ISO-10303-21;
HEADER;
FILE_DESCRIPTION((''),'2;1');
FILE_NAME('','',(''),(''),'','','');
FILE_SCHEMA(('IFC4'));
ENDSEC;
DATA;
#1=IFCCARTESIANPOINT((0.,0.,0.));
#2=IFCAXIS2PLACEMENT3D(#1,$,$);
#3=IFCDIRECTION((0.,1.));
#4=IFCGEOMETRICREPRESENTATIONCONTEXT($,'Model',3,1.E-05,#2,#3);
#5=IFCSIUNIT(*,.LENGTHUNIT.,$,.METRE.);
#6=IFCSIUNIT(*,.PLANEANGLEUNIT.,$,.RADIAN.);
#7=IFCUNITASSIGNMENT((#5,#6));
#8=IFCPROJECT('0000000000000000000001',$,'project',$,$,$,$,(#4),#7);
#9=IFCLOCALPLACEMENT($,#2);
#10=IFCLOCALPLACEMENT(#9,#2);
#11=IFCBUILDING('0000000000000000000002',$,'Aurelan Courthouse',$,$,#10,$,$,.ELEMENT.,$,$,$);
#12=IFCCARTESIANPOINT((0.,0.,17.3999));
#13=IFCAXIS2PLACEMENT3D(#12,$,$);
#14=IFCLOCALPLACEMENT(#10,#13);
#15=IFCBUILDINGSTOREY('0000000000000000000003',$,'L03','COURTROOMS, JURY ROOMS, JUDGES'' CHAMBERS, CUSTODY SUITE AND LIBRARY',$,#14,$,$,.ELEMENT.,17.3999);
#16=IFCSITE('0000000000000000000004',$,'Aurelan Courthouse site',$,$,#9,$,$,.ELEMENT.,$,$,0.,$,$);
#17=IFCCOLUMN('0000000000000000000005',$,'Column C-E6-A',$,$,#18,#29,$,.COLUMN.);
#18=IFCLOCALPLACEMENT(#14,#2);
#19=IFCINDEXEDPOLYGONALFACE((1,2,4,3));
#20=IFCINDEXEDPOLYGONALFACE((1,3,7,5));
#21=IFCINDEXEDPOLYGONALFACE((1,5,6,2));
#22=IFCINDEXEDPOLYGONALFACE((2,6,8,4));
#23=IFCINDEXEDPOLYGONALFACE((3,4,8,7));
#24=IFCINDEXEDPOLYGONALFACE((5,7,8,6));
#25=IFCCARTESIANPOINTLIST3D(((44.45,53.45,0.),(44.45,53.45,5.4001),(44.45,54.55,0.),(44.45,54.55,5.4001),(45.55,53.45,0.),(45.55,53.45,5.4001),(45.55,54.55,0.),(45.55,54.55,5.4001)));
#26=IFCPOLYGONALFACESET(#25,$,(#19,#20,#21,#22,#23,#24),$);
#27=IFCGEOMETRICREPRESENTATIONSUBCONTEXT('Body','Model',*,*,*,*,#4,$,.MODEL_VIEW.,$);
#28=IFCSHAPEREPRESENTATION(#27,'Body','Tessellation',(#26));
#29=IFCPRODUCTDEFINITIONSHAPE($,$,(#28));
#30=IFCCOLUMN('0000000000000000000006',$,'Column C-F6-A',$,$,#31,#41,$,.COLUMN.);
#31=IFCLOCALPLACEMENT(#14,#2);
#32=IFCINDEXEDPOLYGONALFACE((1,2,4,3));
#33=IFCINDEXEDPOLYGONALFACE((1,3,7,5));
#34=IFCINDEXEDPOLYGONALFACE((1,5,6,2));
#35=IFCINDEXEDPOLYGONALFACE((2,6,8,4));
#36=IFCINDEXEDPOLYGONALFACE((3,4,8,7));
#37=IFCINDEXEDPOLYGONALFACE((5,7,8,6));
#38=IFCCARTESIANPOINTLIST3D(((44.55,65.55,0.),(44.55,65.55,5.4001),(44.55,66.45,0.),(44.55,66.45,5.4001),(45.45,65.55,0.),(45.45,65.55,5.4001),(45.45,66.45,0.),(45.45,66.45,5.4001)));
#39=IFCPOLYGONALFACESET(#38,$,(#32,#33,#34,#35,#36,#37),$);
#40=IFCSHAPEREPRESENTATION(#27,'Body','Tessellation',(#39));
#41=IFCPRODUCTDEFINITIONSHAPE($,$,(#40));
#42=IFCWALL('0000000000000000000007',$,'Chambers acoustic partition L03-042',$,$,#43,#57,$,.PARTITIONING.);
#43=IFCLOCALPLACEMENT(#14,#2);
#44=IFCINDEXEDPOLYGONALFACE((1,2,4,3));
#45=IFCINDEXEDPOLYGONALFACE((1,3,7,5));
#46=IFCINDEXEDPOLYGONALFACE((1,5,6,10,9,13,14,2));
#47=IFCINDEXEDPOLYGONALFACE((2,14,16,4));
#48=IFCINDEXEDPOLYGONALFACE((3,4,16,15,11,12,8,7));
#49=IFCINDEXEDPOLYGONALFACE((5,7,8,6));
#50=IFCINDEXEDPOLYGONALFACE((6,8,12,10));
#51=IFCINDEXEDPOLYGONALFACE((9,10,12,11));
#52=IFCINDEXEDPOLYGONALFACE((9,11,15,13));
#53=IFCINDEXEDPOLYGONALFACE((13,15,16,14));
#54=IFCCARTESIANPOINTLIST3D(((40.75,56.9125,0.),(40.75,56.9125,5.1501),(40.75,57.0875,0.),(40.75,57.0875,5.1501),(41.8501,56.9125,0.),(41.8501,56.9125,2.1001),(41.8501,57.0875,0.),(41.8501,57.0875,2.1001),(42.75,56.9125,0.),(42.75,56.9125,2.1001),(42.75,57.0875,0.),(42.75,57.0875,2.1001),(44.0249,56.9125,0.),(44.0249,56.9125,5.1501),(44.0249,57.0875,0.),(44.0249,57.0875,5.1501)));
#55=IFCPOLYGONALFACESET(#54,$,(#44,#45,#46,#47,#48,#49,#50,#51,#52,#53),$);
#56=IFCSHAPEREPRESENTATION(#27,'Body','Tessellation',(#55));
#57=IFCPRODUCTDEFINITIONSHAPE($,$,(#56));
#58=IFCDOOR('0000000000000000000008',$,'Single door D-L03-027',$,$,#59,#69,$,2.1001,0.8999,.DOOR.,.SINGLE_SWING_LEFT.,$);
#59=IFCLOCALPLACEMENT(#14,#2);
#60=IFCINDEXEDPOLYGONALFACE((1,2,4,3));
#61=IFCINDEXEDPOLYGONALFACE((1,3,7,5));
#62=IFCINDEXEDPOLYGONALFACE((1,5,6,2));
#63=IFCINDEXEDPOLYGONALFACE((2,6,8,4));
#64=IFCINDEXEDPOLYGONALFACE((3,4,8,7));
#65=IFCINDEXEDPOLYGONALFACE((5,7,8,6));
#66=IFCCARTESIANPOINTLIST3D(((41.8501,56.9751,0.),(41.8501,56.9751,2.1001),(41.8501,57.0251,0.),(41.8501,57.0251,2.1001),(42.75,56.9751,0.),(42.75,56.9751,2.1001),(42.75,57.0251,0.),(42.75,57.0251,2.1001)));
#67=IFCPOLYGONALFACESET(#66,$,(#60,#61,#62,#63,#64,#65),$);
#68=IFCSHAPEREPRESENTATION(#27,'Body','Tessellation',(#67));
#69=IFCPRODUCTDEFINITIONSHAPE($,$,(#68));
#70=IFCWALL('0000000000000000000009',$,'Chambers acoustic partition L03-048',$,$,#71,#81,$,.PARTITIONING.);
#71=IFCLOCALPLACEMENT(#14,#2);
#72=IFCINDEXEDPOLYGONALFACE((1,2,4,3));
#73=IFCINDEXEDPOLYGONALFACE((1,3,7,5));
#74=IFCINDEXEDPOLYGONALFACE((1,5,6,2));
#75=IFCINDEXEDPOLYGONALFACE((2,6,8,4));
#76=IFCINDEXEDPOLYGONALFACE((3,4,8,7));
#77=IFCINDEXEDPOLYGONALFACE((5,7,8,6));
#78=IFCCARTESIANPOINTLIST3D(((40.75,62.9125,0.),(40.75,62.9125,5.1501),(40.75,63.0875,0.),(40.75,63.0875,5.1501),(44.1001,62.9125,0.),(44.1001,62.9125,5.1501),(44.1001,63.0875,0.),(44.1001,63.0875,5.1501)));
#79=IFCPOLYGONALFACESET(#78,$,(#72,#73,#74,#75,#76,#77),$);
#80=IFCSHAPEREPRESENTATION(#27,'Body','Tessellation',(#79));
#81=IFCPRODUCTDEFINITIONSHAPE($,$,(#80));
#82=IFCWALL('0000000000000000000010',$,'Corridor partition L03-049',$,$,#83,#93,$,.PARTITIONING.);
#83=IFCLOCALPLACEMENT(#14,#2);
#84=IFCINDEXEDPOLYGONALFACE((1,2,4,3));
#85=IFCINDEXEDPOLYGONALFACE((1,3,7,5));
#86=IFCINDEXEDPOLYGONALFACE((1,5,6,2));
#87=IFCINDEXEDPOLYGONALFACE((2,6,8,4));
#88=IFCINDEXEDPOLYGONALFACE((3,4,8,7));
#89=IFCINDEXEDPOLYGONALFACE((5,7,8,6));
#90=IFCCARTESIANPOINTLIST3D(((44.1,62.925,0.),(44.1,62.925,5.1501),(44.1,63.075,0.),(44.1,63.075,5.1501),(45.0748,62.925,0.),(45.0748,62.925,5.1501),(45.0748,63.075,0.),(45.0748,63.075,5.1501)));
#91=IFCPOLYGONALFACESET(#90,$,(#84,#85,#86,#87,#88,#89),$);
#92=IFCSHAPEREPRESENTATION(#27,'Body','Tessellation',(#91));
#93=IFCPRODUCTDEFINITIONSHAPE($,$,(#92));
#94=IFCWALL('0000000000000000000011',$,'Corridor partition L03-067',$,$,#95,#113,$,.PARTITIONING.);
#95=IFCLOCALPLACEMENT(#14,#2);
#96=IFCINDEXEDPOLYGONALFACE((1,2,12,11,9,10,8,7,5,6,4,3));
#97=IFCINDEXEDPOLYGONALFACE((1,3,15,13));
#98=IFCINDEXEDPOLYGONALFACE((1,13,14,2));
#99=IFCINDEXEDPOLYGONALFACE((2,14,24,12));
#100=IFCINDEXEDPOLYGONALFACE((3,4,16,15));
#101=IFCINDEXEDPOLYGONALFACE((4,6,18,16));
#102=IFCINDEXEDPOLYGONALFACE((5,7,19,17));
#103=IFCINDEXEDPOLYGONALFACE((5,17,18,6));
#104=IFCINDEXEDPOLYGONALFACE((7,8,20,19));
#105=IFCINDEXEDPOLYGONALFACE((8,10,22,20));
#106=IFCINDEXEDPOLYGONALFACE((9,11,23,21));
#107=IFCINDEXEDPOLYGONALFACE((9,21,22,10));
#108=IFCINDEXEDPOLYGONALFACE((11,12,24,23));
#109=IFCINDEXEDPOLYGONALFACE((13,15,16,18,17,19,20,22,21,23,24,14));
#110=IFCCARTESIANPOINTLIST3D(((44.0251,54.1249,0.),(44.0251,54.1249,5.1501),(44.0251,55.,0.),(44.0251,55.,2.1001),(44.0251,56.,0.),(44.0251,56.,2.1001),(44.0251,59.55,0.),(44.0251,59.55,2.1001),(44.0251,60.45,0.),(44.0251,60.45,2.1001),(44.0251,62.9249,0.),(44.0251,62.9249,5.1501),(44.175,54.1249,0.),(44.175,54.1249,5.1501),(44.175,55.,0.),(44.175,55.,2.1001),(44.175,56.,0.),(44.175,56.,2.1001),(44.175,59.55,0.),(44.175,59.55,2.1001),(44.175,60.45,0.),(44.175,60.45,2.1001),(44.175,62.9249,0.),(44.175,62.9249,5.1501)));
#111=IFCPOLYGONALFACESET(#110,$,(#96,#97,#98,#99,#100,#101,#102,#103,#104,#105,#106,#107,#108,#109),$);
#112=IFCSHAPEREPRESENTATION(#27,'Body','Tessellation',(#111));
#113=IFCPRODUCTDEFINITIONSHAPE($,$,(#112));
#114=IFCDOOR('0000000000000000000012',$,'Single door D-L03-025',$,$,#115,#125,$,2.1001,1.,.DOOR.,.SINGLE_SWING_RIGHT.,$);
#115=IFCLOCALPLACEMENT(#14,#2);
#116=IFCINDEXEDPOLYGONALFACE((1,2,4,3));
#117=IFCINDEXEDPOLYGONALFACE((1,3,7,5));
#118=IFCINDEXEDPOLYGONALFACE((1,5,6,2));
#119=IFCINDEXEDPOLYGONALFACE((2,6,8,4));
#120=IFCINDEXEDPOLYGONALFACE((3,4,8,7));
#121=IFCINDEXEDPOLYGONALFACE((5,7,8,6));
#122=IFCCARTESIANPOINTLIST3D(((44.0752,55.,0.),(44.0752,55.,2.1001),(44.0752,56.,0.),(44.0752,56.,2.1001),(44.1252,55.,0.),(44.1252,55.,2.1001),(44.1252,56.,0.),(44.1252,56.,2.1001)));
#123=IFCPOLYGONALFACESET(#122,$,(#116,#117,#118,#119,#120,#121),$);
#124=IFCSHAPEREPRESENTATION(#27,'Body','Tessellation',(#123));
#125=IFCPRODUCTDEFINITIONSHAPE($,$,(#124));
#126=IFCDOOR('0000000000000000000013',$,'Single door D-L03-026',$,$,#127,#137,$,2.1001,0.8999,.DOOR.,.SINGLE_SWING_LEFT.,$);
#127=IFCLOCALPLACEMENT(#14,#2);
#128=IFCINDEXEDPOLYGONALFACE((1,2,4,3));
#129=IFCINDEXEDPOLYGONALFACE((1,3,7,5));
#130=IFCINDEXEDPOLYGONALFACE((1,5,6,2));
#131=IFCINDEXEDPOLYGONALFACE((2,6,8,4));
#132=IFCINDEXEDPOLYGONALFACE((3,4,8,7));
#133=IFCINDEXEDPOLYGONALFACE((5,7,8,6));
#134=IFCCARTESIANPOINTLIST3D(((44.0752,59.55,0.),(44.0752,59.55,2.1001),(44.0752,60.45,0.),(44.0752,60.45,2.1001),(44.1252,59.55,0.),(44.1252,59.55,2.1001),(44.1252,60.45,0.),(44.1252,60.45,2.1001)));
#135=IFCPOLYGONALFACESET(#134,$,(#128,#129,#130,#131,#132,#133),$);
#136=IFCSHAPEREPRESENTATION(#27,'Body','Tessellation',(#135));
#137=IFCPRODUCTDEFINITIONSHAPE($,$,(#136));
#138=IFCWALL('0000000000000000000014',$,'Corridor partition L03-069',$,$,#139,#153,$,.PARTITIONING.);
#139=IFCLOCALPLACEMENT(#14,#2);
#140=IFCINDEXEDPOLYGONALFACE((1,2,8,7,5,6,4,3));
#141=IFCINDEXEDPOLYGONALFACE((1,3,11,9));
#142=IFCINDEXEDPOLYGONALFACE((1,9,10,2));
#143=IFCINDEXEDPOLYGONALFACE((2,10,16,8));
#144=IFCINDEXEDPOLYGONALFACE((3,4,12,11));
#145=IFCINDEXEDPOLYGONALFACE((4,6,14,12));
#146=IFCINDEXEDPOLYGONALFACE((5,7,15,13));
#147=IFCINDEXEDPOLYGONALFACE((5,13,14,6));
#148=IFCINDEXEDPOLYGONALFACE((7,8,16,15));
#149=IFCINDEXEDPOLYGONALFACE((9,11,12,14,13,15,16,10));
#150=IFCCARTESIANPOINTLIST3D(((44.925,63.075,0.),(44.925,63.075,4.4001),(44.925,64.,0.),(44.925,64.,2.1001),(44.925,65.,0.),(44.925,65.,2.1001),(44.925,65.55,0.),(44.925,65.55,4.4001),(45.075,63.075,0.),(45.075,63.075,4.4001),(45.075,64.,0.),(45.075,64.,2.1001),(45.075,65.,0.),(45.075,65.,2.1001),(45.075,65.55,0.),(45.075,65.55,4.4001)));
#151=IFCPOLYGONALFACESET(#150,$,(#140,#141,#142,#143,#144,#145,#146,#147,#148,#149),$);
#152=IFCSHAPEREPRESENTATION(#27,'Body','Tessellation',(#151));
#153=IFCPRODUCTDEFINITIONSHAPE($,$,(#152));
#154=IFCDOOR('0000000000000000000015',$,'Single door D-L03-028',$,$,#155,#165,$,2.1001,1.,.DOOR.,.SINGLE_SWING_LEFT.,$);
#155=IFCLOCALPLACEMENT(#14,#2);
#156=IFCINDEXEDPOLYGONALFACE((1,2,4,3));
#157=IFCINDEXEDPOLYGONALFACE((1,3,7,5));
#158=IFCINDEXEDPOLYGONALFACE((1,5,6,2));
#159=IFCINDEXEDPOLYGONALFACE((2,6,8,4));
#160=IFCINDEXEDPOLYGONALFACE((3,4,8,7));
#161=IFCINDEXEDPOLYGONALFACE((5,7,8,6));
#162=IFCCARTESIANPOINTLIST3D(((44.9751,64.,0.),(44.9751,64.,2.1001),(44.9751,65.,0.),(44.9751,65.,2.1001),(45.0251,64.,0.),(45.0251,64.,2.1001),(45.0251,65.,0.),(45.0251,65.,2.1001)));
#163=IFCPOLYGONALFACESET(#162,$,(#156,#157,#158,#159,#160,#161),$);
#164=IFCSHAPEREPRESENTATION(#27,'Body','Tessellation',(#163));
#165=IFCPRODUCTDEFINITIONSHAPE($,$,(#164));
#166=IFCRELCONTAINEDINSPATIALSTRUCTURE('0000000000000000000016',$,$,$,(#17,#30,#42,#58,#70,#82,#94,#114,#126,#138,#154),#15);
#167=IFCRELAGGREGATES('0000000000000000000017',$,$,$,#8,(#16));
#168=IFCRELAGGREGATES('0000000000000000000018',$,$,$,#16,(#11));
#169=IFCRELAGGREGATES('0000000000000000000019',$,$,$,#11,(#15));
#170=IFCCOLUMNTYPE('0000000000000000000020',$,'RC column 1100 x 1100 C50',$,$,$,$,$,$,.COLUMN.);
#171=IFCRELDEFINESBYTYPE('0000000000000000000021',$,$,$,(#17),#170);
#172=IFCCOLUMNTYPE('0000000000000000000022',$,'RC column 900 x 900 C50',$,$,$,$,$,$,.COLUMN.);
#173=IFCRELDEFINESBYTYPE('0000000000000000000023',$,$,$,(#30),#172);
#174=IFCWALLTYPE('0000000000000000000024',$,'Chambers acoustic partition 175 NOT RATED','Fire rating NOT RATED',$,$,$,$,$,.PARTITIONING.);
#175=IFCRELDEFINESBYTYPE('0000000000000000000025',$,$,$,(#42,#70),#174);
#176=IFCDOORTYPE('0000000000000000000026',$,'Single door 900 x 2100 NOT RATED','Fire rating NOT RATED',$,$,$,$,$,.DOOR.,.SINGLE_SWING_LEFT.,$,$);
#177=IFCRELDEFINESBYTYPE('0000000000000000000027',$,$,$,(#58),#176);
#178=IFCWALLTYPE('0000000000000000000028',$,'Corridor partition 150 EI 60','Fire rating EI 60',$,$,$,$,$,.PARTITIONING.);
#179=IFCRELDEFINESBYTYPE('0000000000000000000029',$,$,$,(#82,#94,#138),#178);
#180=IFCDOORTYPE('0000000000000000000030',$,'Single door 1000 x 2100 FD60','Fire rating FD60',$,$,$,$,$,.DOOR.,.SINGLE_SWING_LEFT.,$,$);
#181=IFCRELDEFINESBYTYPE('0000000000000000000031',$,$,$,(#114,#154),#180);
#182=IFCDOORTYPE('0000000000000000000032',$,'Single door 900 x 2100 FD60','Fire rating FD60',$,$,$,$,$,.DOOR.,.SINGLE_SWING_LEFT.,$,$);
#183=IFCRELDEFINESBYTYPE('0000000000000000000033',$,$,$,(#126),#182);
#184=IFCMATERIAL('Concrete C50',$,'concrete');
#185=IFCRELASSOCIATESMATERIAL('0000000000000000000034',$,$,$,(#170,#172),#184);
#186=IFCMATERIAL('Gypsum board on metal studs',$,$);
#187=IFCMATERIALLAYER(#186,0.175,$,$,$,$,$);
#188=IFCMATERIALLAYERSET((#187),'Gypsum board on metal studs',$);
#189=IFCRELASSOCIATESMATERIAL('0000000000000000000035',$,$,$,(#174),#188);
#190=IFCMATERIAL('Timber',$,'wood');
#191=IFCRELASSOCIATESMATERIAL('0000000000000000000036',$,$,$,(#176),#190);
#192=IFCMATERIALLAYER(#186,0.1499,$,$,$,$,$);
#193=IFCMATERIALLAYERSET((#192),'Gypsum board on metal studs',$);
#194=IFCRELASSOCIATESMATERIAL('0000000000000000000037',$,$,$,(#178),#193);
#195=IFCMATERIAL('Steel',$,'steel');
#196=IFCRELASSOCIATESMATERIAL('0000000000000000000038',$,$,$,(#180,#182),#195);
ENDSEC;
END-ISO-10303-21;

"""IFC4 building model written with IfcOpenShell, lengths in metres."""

from ifc_helpers import new_model, si_unit, direction, frame, frame_2d, origin, origin_2d, place, context, subcontext, project, spatial, rectangle, extrude, material, layer, layer_set, material_profile, profile_set, type_object, element, fill, save


model = new_model("IFC4")

# Units and contexts
model_context = context("Model", 3, precision=1e-05, world=origin(), true_north=direction((0.0, 1.0)))
body_context = subcontext(model_context, "Body", "Model", "MODEL_VIEW")
ifc_project = project(units=[si_unit("LENGTHUNIT", "METRE"), si_unit("PLANEANGLEUNIT", "RADIAN")], contexts=[model_context])

# Site, building, storey
site_placement = place(None, origin())
site = spatial("IfcSite", under=ifc_project, at=site_placement, Name="Aurelan Courthouse site", CompositionType="ELEMENT", RefElevation=0.0)
building_placement = place(site_placement, origin())
building = spatial("IfcBuilding", under=site, at=building_placement, Name="Aurelan Courthouse", CompositionType="ELEMENT")
storey_placement = place(building_placement, frame((0.0, 0.0, 17.3999)))
storey = spatial("IfcBuildingStorey", under=building, at=storey_placement, Name="L03", Description="COURTROOMS, JURY ROOMS, JUDGES' CHAMBERS, CUSTODY SUITE AND LIBRARY", CompositionType="ELEMENT", Elevation=17.3999)

# Columns
ifc_material_1 = material(Name="Concrete C50", Category="concrete")
ifc_material_profile_1 = material_profile(ifc_material_1, rectangle(XDim=1.1001, YDim=1.1001, at=origin_2d()), Name="RC 1100 x 1100")
ifc_profile_set_1 = profile_set([ifc_material_profile_1], Name="Concrete C50")
column_type_1 = type_object("IfcColumnType", Name="RC column 1100 x 1100 C50", PredefinedType="COLUMN", material=ifc_profile_set_1)
column_1_placement = place(storey_placement, frame((45.0, 54.0, 0.0), z_axis=(0.0, 0.0, 1.0), x_axis=(1.0, 0.0, 0.0)))
element("IfcColumn", 1, at=column_1_placement, inside=storey, type_object=column_type_1, Name="Column C-E6-A", PredefinedType="COLUMN", context=body_context, shape_type="SweptSolid", body=[
    extrude(rectangle(XDim=1.1001, YDim=1.1001, at=origin_2d()), origin(), (0.0, 0.0, 1.0), 5.4001),
])
ifc_material_profile_2 = material_profile(ifc_material_1, rectangle(XDim=0.8999, YDim=0.8999, at=origin_2d()), Name="RC 900 x 900")
ifc_profile_set_2 = profile_set([ifc_material_profile_2], Name="Concrete C50")
column_type_2 = type_object("IfcColumnType", Name="RC column 900 x 900 C50", PredefinedType="COLUMN", material=ifc_profile_set_2)
column_2_placement = place(storey_placement, frame((45.0, 66.0, 0.0), z_axis=(0.0, 0.0, 1.0), x_axis=(1.0, 0.0, 0.0)))
element("IfcColumn", 2, at=column_2_placement, inside=storey, type_object=column_type_2, Name="Column C-F6-A", PredefinedType="COLUMN", context=body_context, shape_type="SweptSolid", body=[
    extrude(rectangle(XDim=0.8999, YDim=0.8999, at=origin_2d()), origin(), (0.0, 0.0, 1.0), 5.4001),
])

# Wall, opening, door
ifc_material_2 = material(Name="Gypsum board on metal studs")
ifc_layer_1 = layer(ifc_material_2, 0.175)
ifc_layer_set_1 = layer_set([ifc_layer_1], Name="Gypsum board on metal studs")
wall_type_1 = type_object("IfcWallType", Name="Chambers acoustic partition 175 NOT RATED", Description="Fire rating NOT RATED", PredefinedType="PARTITIONING", material=ifc_layer_set_1)
wall_1_placement = place(storey_placement, frame((40.75, 57.0, 0.0), z_axis=(0.0, 0.0, 1.0), x_axis=(1.0, 0.0, 0.0)))
wall_1 = element("IfcWall", 3, at=wall_1_placement, inside=storey, type_object=wall_type_1, Name="Chambers acoustic partition L03-042", PredefinedType="PARTITIONING", context=body_context, shape_type="SweptSolid", body=[
    extrude(rectangle(XDim=3.2749, YDim=0.175, at=frame_2d((1.6375, 0.0))), origin(), (0.0, 0.0, 1.0), 5.1501),
])
opening_1_placement = place(wall_1_placement, frame((2.0, 0.0, 0.0), z_axis=(0.0, 0.0, 1.0), x_axis=(-1.0, 0.0, 0.0)))
opening_1 = element("IfcOpeningElement", 4, at=opening_1_placement, cuts=wall_1, PredefinedType="OPENING", context=body_context, shape_type="SweptSolid", body=[
    extrude(rectangle(XDim=0.8999, YDim=2.1001, at=frame_2d((0.45, 1.05))), frame((0.0, 0.0974, 0.0), z_axis=(0.0, -1.0, 0.0), x_axis=(1.0, 0.0, 0.0)), (0.0, 0.0, 1.0), 0.1951),
])
ifc_material_3 = material(Name="Timber", Category="wood")
door_type_1 = type_object("IfcDoorType", Name="Single door 900 x 2100 NOT RATED", Description="Fire rating NOT RATED", OperationType="SINGLE_SWING_LEFT", PredefinedType="DOOR", material=ifc_material_3)
door_1_placement = place(opening_1_placement, origin())
door_1 = element("IfcDoor", 5, at=door_1_placement, inside=storey, type_object=door_type_1, Name="Single door D-L03-027", OperationType="SINGLE_SWING_LEFT", OverallHeight=2.1001, OverallWidth=0.8999, PredefinedType="DOOR", context=body_context, shape_type="SweptSolid", body=[
    extrude(rectangle(XDim=0.8999, YDim=2.1001, at=frame_2d((0.45, 1.05))), frame((0.0, 0.0249, 0.0), z_axis=(0.0, -1.0, 0.0), x_axis=(1.0, 0.0, 0.0)), (0.0, 0.0, 1.0), 0.05),
])
fill(opening_1, door_1)

# Walls
wall_2_placement = place(storey_placement, frame((40.75, 63.0, 0.0), z_axis=(0.0, 0.0, 1.0), x_axis=(1.0, 0.0, 0.0)))
element("IfcWall", 6, at=wall_2_placement, inside=storey, type_object=wall_type_1, Name="Chambers acoustic partition L03-048", PredefinedType="PARTITIONING", context=body_context, shape_type="SweptSolid", body=[
    extrude(rectangle(XDim=3.3501, YDim=0.175, at=frame_2d((1.675, 0.0))), origin(), (0.0, 0.0, 1.0), 5.1501),
])
ifc_layer_2 = layer(ifc_material_2, 0.1499)
ifc_layer_set_2 = layer_set([ifc_layer_2], Name="Gypsum board on metal studs")
wall_type_2 = type_object("IfcWallType", Name="Corridor partition 150 EI 60", Description="Fire rating EI 60", PredefinedType="PARTITIONING", material=ifc_layer_set_2)
wall_3_placement = place(storey_placement, frame((44.1001, 63.0, 0.0), z_axis=(0.0, 0.0, 1.0), x_axis=(1.0, 0.0, 0.0)))
element("IfcWall", 7, at=wall_3_placement, inside=storey, type_object=wall_type_2, Name="Corridor partition L03-049", PredefinedType="PARTITIONING", context=body_context, shape_type="SweptSolid", body=[
    extrude(rectangle(XDim=0.9749, YDim=0.1499, at=frame_2d((0.4873, 0.0))), origin(), (0.0, 0.0, 1.0), 5.1501),
])

# Wall, openings, doors
wall_4_placement = place(storey_placement, frame((44.1001, 54.125, 0.0), z_axis=(0.0, 0.0, 1.0), x_axis=(0.0, 1.0, 0.0)))
wall_4 = element("IfcWall", 8, at=wall_4_placement, inside=storey, type_object=wall_type_2, Name="Corridor partition L03-067", PredefinedType="PARTITIONING", context=body_context, shape_type="SweptSolid", body=[
    extrude(rectangle(XDim=8.8, YDim=0.1499, at=frame_2d((4.3999, 0.0))), origin(), (0.0, 0.0, 1.0), 5.1501),
])
opening_2_placement = place(wall_4_placement, frame((0.875, 0.0, 0.0)))
opening_2 = element("IfcOpeningElement", 9, at=opening_2_placement, cuts=wall_4, PredefinedType="OPENING", context=body_context, shape_type="SweptSolid", body=[
    extrude(rectangle(XDim=1.0, YDim=2.1001, at=frame_2d((0.5, 1.05))), frame((0.0, 0.085, 0.0), z_axis=(0.0, -1.0, 0.0), x_axis=(1.0, 0.0, 0.0)), (0.0, 0.0, 1.0), 0.1699),
])
opening_3_placement = place(wall_4_placement, frame((5.425, 0.0, 0.0)))
opening_3 = element("IfcOpeningElement", 10, at=opening_3_placement, cuts=wall_4, PredefinedType="OPENING", context=body_context, shape_type="SweptSolid", body=[
    extrude(rectangle(XDim=0.8999, YDim=2.1001, at=frame_2d((0.45, 1.05))), frame((0.0, 0.085, 0.0), z_axis=(0.0, -1.0, 0.0), x_axis=(1.0, 0.0, 0.0)), (0.0, 0.0, 1.0), 0.1699),
])
ifc_material_4 = material(Name="Steel", Category="steel")
door_type_2 = type_object("IfcDoorType", Name="Single door 1000 x 2100 FD60", Description="Fire rating FD60", OperationType="SINGLE_SWING_LEFT", PredefinedType="DOOR", material=ifc_material_4)
door_2_placement = place(opening_2_placement, origin())
door_2 = element("IfcDoor", 11, at=door_2_placement, inside=storey, type_object=door_type_2, Name="Single door D-L03-025", OperationType="SINGLE_SWING_RIGHT", OverallHeight=2.1001, OverallWidth=1.0, PredefinedType="DOOR", context=body_context, shape_type="SweptSolid", body=[
    extrude(rectangle(XDim=1.0, YDim=2.1001, at=frame_2d((0.5, 1.05))), frame((0.0, 0.0249, 0.0), z_axis=(0.0, -1.0, 0.0), x_axis=(1.0, 0.0, 0.0)), (0.0, 0.0, 1.0), 0.05),
])
fill(opening_2, door_2)
door_type_3 = type_object("IfcDoorType", Name="Single door 900 x 2100 FD60", Description="Fire rating FD60", OperationType="SINGLE_SWING_LEFT", PredefinedType="DOOR", material=ifc_material_4)
door_3_placement = place(opening_3_placement, origin())
door_3 = element("IfcDoor", 12, at=door_3_placement, inside=storey, type_object=door_type_3, Name="Single door D-L03-026", OperationType="SINGLE_SWING_LEFT", OverallHeight=2.1001, OverallWidth=0.8999, PredefinedType="DOOR", context=body_context, shape_type="SweptSolid", body=[
    extrude(rectangle(XDim=0.8999, YDim=2.1001, at=frame_2d((0.45, 1.05))), frame((0.0, 0.0249, 0.0), z_axis=(0.0, -1.0, 0.0), x_axis=(1.0, 0.0, 0.0)), (0.0, 0.0, 1.0), 0.05),
])
fill(opening_3, door_3)

# Wall, opening, door
wall_5_placement = place(storey_placement, frame((45.0, 63.075, 0.0), z_axis=(0.0, 0.0, 1.0), x_axis=(0.0, 1.0, 0.0)))
wall_5 = element("IfcWall", 13, at=wall_5_placement, inside=storey, type_object=wall_type_2, Name="Corridor partition L03-069", PredefinedType="PARTITIONING", context=body_context, shape_type="SweptSolid", body=[
    extrude(rectangle(XDim=2.4751, YDim=0.1499, at=frame_2d((1.2375, 0.0))), origin(), (0.0, 0.0, 1.0), 4.4001),
])
opening_4_placement = place(wall_5_placement, frame((0.925, 0.0, 0.0)))
opening_4 = element("IfcOpeningElement", 14, at=opening_4_placement, cuts=wall_5, PredefinedType="OPENING", context=body_context, shape_type="SweptSolid", body=[
    extrude(rectangle(XDim=1.0, YDim=2.1001, at=frame_2d((0.5, 1.05))), frame((0.0, 0.085, 0.0), z_axis=(0.0, -1.0, 0.0), x_axis=(1.0, 0.0, 0.0)), (0.0, 0.0, 1.0), 0.1699),
])
door_4_placement = place(opening_4_placement, origin())
door_4 = element("IfcDoor", 15, at=door_4_placement, inside=storey, type_object=door_type_2, Name="Single door D-L03-028", OperationType="SINGLE_SWING_LEFT", OverallHeight=2.1001, OverallWidth=1.0, PredefinedType="DOOR", context=body_context, shape_type="SweptSolid", body=[
    extrude(rectangle(XDim=1.0, YDim=2.1001, at=frame_2d((0.5, 1.05))), frame((0.0, 0.0249, 0.0), z_axis=(0.0, -1.0, 0.0), x_axis=(1.0, 0.0, 0.0)), (0.0, 0.0, 1.0), 0.05),
])
fill(opening_4, door_4)

save(model, "model.ifc")
